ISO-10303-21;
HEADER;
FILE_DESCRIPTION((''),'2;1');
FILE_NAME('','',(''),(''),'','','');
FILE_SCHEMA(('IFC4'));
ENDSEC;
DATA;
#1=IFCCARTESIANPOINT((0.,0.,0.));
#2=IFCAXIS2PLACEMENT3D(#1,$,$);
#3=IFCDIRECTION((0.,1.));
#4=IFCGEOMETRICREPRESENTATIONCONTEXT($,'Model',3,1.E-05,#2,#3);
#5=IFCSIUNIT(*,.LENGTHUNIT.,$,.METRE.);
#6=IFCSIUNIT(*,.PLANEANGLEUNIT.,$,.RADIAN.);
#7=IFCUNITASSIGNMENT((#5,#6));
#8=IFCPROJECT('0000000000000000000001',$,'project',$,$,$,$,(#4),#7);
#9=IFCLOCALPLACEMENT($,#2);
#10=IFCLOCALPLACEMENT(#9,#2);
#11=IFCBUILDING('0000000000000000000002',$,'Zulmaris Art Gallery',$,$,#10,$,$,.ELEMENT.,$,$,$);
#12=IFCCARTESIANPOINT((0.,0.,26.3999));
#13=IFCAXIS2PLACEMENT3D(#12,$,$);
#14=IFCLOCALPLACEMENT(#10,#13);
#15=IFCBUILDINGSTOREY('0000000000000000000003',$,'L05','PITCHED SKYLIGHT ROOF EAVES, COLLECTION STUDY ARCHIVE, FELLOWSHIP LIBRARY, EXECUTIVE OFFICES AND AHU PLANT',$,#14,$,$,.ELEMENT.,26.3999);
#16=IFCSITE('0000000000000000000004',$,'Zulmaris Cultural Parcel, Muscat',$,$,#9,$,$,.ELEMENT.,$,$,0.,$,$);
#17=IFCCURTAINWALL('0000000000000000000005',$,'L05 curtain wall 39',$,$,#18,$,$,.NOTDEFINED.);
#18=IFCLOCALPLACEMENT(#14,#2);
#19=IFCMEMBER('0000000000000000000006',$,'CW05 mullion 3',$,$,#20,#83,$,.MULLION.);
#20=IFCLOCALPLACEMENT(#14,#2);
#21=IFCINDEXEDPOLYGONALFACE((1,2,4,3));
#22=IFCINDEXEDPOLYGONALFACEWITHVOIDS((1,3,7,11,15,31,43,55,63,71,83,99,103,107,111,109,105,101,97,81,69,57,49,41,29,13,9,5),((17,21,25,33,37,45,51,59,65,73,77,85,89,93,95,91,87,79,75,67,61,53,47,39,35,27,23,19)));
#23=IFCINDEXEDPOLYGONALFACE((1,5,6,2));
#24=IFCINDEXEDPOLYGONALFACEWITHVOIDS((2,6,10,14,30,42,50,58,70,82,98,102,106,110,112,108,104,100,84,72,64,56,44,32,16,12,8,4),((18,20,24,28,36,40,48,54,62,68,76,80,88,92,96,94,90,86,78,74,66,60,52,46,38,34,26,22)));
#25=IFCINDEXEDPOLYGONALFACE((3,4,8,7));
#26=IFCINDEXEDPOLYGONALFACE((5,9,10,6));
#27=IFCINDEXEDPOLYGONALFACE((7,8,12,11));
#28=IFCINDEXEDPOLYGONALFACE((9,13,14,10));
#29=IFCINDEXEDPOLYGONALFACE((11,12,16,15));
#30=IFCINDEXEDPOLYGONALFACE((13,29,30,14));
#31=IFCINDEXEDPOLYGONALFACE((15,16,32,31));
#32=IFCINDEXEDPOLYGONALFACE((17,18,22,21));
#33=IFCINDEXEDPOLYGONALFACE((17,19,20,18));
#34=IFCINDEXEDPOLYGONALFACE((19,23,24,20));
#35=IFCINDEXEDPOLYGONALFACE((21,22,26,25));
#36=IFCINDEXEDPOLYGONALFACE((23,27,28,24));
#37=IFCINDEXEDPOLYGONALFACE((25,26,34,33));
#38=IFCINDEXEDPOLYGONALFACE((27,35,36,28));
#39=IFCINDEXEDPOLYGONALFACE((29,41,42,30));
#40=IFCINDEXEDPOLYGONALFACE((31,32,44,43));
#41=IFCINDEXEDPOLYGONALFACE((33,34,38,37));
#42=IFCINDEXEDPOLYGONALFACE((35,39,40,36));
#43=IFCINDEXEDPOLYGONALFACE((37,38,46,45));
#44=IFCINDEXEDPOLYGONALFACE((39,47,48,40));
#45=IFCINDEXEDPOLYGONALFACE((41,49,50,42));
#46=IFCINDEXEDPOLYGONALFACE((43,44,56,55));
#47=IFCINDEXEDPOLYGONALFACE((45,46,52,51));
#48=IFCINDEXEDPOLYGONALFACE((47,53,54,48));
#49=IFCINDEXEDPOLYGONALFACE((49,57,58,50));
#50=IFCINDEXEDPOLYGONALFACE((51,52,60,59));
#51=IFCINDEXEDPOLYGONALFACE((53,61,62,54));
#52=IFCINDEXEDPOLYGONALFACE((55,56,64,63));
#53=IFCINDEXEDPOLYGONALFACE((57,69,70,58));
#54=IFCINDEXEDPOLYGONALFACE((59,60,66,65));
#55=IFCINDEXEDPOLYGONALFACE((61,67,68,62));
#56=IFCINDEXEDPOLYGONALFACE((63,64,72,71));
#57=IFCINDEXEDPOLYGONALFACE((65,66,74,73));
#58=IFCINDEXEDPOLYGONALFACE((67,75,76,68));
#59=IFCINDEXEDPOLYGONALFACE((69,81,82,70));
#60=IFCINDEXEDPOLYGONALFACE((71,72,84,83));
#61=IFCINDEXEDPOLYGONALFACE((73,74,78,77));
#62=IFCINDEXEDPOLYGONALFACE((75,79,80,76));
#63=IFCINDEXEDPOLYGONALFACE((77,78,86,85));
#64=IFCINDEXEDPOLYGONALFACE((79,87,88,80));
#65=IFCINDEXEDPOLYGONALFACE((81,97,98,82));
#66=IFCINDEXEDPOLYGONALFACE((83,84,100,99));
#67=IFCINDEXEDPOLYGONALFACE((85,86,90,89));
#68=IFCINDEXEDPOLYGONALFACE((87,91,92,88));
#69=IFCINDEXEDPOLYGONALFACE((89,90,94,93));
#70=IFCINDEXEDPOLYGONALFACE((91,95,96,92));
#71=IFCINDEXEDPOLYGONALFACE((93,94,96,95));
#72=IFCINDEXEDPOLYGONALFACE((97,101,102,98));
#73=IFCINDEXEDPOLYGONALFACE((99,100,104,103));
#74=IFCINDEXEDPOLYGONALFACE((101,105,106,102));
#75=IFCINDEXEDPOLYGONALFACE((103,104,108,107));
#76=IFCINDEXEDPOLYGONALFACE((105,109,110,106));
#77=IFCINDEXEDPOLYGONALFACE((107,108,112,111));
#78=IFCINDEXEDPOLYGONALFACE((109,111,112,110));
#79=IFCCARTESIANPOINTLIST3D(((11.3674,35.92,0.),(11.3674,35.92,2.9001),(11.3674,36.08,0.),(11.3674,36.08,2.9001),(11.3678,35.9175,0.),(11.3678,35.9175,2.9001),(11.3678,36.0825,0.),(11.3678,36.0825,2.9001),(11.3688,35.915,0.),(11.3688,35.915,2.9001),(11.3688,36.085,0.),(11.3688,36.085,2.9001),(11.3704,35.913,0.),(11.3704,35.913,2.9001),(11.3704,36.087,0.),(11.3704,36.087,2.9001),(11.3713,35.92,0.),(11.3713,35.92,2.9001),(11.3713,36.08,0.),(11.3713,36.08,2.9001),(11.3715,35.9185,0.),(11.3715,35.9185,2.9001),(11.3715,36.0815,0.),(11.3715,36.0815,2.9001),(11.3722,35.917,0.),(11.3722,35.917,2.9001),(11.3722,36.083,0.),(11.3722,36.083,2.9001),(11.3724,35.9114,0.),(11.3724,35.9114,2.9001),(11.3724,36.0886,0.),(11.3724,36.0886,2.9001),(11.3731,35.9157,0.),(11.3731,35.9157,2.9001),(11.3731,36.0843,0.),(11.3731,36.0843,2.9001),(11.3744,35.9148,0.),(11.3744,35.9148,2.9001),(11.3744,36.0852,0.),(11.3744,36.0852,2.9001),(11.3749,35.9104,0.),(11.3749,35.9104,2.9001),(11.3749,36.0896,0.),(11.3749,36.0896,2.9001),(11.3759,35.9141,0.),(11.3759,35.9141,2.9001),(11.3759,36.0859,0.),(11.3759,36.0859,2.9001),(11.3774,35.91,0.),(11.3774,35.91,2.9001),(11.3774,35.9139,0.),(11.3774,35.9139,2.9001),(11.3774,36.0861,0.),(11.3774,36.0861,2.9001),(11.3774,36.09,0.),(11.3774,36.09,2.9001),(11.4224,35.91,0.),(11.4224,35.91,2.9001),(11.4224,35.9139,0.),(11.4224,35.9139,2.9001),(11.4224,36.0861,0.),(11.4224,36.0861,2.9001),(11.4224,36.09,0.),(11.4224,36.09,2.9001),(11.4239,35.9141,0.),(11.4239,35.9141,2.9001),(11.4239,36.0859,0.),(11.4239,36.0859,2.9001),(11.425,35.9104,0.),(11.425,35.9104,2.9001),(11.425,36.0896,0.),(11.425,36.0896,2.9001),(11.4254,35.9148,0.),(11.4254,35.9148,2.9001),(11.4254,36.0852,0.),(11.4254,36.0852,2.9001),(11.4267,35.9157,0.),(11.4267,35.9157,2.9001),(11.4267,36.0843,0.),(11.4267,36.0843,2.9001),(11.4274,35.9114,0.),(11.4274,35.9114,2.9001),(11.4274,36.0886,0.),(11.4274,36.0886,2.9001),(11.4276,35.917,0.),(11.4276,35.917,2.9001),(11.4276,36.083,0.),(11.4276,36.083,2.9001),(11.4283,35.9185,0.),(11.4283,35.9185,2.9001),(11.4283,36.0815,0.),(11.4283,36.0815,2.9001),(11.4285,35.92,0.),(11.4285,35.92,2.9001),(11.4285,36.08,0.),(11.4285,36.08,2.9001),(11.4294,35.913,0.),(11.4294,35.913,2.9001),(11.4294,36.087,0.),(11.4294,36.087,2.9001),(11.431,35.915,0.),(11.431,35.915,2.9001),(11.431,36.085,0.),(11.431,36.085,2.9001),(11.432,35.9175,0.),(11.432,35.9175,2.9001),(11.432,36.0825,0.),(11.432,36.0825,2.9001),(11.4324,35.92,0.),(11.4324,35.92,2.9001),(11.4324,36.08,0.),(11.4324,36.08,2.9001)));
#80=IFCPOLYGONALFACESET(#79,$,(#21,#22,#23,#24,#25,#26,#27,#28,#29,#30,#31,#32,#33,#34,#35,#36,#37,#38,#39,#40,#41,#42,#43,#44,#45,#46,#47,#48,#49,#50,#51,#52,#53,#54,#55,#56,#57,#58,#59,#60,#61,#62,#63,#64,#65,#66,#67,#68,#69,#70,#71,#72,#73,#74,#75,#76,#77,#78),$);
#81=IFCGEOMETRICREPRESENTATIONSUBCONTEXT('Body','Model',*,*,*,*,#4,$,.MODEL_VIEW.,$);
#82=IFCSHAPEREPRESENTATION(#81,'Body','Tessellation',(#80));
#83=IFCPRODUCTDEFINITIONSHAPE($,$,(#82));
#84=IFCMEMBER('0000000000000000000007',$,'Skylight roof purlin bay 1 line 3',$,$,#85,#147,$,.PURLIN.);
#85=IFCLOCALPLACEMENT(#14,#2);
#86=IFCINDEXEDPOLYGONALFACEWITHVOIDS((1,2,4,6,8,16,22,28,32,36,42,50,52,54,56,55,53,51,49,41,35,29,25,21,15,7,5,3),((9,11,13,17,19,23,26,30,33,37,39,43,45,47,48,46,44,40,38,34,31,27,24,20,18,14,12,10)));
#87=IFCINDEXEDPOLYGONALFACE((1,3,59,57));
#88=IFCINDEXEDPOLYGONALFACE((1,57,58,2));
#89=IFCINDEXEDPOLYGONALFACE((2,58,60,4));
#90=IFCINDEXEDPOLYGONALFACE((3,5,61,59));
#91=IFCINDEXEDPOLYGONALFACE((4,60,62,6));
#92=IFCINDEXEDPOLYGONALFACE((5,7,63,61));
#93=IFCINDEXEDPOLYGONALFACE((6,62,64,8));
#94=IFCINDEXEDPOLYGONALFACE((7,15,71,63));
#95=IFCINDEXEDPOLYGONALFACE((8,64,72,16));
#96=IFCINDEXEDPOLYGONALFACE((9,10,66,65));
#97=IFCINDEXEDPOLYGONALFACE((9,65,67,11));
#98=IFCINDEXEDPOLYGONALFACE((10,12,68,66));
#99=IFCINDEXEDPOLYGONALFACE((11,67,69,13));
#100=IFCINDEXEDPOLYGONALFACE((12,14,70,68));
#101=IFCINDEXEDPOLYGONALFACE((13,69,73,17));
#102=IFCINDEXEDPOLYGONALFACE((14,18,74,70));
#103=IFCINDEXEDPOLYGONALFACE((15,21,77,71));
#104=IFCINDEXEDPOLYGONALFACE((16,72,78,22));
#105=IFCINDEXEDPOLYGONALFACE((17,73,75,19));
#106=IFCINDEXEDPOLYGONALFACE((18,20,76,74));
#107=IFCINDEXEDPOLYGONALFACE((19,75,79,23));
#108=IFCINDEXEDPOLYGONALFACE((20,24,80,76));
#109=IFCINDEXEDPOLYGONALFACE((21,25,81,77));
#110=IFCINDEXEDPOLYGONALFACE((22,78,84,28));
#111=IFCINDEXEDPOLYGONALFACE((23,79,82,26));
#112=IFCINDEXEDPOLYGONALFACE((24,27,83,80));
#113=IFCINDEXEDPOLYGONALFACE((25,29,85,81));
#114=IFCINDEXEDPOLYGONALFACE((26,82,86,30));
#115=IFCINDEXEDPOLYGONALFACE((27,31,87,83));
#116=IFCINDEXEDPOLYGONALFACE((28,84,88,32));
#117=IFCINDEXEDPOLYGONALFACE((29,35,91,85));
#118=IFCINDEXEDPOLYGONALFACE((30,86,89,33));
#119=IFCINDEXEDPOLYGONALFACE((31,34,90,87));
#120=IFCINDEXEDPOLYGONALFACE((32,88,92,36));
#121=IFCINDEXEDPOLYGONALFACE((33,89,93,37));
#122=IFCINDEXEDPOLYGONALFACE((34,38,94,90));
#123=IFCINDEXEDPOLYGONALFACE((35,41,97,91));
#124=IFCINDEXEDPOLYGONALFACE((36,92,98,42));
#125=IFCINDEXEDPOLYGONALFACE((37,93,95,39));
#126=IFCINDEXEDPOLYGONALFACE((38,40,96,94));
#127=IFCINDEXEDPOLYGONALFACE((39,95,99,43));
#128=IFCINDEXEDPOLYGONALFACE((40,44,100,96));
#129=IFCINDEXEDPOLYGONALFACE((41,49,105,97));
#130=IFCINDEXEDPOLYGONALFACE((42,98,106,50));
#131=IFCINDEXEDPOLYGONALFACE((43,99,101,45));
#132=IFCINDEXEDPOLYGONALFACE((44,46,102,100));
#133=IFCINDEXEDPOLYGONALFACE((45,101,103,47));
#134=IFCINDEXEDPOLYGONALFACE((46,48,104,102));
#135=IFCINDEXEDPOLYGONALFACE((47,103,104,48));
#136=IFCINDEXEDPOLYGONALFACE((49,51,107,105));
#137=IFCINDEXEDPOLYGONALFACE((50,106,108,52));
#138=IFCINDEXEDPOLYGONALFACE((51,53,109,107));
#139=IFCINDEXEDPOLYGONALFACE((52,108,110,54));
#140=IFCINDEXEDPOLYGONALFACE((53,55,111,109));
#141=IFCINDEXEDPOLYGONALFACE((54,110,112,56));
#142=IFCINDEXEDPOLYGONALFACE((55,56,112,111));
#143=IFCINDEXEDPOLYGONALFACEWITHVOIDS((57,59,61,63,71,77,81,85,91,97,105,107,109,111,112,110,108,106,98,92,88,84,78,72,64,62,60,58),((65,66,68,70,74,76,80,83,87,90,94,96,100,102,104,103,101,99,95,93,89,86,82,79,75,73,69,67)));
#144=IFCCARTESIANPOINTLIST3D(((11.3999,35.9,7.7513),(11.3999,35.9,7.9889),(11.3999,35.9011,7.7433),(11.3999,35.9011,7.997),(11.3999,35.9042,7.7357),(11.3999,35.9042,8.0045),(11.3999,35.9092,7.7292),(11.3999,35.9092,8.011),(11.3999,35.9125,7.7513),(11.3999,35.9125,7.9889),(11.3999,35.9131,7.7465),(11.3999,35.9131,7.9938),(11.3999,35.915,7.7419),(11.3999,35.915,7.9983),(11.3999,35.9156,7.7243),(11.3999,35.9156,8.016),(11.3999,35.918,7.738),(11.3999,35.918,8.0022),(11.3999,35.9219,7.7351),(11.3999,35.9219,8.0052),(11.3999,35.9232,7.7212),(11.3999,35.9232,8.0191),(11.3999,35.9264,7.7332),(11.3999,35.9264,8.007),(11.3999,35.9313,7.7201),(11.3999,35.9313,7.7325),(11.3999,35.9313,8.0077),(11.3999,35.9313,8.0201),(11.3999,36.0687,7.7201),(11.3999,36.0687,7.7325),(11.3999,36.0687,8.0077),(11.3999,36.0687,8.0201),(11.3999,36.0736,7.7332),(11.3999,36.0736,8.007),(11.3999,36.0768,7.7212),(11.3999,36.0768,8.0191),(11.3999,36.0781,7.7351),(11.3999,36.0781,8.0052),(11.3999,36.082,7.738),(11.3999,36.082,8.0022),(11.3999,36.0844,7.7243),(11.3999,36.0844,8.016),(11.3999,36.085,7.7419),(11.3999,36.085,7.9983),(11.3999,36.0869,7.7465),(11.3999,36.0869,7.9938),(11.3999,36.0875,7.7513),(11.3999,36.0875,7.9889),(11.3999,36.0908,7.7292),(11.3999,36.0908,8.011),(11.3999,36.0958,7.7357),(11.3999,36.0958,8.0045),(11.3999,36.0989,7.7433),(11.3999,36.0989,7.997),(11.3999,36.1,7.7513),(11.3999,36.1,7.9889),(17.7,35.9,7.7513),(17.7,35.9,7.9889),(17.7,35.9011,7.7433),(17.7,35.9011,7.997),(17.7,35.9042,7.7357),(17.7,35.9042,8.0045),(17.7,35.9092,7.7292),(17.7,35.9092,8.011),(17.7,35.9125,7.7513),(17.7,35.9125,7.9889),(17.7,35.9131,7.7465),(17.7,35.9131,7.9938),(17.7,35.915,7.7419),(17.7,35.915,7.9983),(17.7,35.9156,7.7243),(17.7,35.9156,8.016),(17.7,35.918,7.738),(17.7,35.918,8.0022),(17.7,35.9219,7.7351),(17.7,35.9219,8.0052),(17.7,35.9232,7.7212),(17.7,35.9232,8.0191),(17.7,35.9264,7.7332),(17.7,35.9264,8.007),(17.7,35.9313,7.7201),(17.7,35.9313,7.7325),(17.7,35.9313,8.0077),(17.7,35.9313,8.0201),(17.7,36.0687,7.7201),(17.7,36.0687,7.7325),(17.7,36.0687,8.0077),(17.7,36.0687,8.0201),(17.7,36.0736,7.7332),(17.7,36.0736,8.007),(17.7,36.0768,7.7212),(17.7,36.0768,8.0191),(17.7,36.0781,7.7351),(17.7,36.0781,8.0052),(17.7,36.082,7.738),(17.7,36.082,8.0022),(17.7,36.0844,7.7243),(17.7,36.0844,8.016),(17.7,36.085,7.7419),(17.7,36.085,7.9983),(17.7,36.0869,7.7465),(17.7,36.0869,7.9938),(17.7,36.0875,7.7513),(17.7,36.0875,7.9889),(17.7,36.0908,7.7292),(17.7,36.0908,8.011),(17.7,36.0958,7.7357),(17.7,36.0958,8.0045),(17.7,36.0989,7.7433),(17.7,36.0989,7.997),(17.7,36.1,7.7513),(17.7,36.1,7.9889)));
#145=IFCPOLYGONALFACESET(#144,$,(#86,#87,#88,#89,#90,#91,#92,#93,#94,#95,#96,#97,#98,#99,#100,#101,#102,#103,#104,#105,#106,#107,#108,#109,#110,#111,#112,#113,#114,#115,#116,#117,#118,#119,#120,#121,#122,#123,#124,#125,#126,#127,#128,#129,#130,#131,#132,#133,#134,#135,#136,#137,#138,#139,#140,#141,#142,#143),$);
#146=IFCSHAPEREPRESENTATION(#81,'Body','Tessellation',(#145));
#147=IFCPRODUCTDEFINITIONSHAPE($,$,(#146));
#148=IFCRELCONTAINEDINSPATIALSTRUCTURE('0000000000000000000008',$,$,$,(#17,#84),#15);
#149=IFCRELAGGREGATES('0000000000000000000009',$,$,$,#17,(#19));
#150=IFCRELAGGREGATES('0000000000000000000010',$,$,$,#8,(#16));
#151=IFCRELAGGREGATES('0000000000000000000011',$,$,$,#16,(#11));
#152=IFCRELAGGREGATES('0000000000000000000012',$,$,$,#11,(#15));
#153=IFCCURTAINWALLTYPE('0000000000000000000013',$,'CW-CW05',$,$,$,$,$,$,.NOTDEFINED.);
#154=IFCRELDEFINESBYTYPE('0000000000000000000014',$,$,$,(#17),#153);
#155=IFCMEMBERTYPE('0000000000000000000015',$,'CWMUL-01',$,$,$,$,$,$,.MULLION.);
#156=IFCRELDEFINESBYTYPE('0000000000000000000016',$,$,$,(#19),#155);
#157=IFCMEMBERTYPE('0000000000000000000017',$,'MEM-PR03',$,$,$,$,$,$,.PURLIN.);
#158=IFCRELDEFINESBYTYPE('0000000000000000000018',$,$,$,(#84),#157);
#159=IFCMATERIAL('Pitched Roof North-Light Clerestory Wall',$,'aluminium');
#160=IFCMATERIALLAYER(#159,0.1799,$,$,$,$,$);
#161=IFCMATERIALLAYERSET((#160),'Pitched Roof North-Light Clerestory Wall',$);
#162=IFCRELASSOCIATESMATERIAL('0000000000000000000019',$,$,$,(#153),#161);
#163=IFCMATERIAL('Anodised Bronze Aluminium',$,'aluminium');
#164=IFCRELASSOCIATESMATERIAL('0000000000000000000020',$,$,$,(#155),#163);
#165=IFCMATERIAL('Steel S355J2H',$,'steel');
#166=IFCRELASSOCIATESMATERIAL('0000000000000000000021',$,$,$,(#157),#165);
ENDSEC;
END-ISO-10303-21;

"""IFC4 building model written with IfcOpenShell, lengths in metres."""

from ifc_helpers import new_model, si_unit, direction, frame, origin, origin_2d, place, context, subcontext, project, spatial, hollow_rectangle, extrude, material, layer, layer_set, material_profile, profile_set, type_object, element, aggregate, save


model = new_model("IFC4")

# Units and contexts
model_context = context("Model", 3, precision=1e-05, world=origin(), true_north=direction((0.0, 1.0)))
body_context = subcontext(model_context, "Body", "Model", "MODEL_VIEW")
ifc_project = project(units=[si_unit("LENGTHUNIT", "METRE"), si_unit("PLANEANGLEUNIT", "RADIAN")], contexts=[model_context])

# Site, building, storey
site_placement = place(None, origin())
site = spatial("IfcSite", under=ifc_project, at=site_placement, Name="Zulmaris Cultural Parcel, Muscat", CompositionType="ELEMENT", RefElevation=0.0)
building_placement = place(site_placement, origin())
building = spatial("IfcBuilding", under=site, at=building_placement, Name="Zulmaris Art Gallery", CompositionType="ELEMENT")
storey_placement = place(building_placement, frame((0.0, 0.0, 26.3999)))
storey = spatial("IfcBuildingStorey", under=building, at=storey_placement, Name="L05", Description="PITCHED SKYLIGHT ROOF EAVES, COLLECTION STUDY ARCHIVE, FELLOWSHIP LIBRARY, EXECUTIVE OFFICES AND AHU PLANT", CompositionType="ELEMENT", Elevation=26.3999)

# Curtain wall, member
ifc_material_1 = material(Name="Pitched Roof North-Light Clerestory Wall", Category="aluminium")
ifc_layer_1 = layer(ifc_material_1, 0.1799)
ifc_layer_set_1 = layer_set([ifc_layer_1], Name="Pitched Roof North-Light Clerestory Wall")
curtain_wall_type = type_object("IfcCurtainWallType", Name="CW-CW05", PredefinedType="NOTDEFINED", material=ifc_layer_set_1)
curtain_wall_placement = place(storey_placement, origin())
curtain_wall = element("IfcCurtainWall", 1, at=curtain_wall_placement, inside=storey, type_object=curtain_wall_type, Name="L05 curtain wall 39", PredefinedType="NOTDEFINED")
ifc_material_2 = material(Name="Anodised Bronze Aluminium", Category="aluminium")
ifc_material_profile_1 = material_profile(ifc_material_2, hollow_rectangle(XDim=0.0649, YDim=0.1799, WallThickness=0.0039, InnerFilletRadius=0.0061, OuterFilletRadius=0.01, at=origin_2d()), Name="ALU 65x180x4")
ifc_profile_set_1 = profile_set([ifc_material_profile_1], Name="Anodised Bronze Aluminium")
member_type_1 = type_object("IfcMemberType", Name="CWMUL-01", PredefinedType="MULLION", material=ifc_profile_set_1)
member_1_placement = place(storey_placement, frame((11.3999, 36.0, 0.0), z_axis=(0.0, 0.0, 1.0), x_axis=(-1.0, 0.0, 0.0)))
member_1 = element("IfcMember", 2, at=member_1_placement, type_object=member_type_1, Name="CW05 mullion 3", PredefinedType="MULLION", context=body_context, shape_type="SweptSolid", body=[
    extrude(hollow_rectangle(XDim=0.0649, YDim=0.1799, WallThickness=0.0039, InnerFilletRadius=0.0061, OuterFilletRadius=0.01, at=origin_2d()), origin(), (0.0, 0.0, 1.0), 2.9001),
])
aggregate(curtain_wall, [member_1])

# Member
ifc_material_3 = material(Name="Steel S355J2H", Category="steel")
ifc_material_profile_2 = material_profile(ifc_material_3, hollow_rectangle(XDim=0.2, YDim=0.3, WallThickness=0.0125, InnerFilletRadius=0.0188, OuterFilletRadius=0.0312, at=origin_2d()), Name="RHS 300x200x12.5")
ifc_profile_set_2 = profile_set([ifc_material_profile_2], Name="Steel S355J2H")
member_type_2 = type_object("IfcMemberType", Name="MEM-PR03", PredefinedType="PURLIN", material=ifc_profile_set_2)
for number, where, z_axis, x_axis, name in (
    (3, (11.3999, 36.0, 7.8701), (1.0, 0.0, 0.0), (0.0, 1.0, 0.0), "Skylight roof purlin bay 1 line 3"),
):
    element("IfcMember", number, at=place(storey_placement, frame(where, z_axis=z_axis, x_axis=x_axis)), inside=storey, type_object=member_type_2, Name=name, PredefinedType="PURLIN", context=body_context, shape_type="SweptSolid", body=[
        extrude(hollow_rectangle(XDim=0.2, YDim=0.3, WallThickness=0.0125, InnerFilletRadius=0.0188, OuterFilletRadius=0.0312, at=origin_2d()), origin(), (0.0, 0.0, 1.0), 6.3),
    ])

save(model, "model.ifc")
